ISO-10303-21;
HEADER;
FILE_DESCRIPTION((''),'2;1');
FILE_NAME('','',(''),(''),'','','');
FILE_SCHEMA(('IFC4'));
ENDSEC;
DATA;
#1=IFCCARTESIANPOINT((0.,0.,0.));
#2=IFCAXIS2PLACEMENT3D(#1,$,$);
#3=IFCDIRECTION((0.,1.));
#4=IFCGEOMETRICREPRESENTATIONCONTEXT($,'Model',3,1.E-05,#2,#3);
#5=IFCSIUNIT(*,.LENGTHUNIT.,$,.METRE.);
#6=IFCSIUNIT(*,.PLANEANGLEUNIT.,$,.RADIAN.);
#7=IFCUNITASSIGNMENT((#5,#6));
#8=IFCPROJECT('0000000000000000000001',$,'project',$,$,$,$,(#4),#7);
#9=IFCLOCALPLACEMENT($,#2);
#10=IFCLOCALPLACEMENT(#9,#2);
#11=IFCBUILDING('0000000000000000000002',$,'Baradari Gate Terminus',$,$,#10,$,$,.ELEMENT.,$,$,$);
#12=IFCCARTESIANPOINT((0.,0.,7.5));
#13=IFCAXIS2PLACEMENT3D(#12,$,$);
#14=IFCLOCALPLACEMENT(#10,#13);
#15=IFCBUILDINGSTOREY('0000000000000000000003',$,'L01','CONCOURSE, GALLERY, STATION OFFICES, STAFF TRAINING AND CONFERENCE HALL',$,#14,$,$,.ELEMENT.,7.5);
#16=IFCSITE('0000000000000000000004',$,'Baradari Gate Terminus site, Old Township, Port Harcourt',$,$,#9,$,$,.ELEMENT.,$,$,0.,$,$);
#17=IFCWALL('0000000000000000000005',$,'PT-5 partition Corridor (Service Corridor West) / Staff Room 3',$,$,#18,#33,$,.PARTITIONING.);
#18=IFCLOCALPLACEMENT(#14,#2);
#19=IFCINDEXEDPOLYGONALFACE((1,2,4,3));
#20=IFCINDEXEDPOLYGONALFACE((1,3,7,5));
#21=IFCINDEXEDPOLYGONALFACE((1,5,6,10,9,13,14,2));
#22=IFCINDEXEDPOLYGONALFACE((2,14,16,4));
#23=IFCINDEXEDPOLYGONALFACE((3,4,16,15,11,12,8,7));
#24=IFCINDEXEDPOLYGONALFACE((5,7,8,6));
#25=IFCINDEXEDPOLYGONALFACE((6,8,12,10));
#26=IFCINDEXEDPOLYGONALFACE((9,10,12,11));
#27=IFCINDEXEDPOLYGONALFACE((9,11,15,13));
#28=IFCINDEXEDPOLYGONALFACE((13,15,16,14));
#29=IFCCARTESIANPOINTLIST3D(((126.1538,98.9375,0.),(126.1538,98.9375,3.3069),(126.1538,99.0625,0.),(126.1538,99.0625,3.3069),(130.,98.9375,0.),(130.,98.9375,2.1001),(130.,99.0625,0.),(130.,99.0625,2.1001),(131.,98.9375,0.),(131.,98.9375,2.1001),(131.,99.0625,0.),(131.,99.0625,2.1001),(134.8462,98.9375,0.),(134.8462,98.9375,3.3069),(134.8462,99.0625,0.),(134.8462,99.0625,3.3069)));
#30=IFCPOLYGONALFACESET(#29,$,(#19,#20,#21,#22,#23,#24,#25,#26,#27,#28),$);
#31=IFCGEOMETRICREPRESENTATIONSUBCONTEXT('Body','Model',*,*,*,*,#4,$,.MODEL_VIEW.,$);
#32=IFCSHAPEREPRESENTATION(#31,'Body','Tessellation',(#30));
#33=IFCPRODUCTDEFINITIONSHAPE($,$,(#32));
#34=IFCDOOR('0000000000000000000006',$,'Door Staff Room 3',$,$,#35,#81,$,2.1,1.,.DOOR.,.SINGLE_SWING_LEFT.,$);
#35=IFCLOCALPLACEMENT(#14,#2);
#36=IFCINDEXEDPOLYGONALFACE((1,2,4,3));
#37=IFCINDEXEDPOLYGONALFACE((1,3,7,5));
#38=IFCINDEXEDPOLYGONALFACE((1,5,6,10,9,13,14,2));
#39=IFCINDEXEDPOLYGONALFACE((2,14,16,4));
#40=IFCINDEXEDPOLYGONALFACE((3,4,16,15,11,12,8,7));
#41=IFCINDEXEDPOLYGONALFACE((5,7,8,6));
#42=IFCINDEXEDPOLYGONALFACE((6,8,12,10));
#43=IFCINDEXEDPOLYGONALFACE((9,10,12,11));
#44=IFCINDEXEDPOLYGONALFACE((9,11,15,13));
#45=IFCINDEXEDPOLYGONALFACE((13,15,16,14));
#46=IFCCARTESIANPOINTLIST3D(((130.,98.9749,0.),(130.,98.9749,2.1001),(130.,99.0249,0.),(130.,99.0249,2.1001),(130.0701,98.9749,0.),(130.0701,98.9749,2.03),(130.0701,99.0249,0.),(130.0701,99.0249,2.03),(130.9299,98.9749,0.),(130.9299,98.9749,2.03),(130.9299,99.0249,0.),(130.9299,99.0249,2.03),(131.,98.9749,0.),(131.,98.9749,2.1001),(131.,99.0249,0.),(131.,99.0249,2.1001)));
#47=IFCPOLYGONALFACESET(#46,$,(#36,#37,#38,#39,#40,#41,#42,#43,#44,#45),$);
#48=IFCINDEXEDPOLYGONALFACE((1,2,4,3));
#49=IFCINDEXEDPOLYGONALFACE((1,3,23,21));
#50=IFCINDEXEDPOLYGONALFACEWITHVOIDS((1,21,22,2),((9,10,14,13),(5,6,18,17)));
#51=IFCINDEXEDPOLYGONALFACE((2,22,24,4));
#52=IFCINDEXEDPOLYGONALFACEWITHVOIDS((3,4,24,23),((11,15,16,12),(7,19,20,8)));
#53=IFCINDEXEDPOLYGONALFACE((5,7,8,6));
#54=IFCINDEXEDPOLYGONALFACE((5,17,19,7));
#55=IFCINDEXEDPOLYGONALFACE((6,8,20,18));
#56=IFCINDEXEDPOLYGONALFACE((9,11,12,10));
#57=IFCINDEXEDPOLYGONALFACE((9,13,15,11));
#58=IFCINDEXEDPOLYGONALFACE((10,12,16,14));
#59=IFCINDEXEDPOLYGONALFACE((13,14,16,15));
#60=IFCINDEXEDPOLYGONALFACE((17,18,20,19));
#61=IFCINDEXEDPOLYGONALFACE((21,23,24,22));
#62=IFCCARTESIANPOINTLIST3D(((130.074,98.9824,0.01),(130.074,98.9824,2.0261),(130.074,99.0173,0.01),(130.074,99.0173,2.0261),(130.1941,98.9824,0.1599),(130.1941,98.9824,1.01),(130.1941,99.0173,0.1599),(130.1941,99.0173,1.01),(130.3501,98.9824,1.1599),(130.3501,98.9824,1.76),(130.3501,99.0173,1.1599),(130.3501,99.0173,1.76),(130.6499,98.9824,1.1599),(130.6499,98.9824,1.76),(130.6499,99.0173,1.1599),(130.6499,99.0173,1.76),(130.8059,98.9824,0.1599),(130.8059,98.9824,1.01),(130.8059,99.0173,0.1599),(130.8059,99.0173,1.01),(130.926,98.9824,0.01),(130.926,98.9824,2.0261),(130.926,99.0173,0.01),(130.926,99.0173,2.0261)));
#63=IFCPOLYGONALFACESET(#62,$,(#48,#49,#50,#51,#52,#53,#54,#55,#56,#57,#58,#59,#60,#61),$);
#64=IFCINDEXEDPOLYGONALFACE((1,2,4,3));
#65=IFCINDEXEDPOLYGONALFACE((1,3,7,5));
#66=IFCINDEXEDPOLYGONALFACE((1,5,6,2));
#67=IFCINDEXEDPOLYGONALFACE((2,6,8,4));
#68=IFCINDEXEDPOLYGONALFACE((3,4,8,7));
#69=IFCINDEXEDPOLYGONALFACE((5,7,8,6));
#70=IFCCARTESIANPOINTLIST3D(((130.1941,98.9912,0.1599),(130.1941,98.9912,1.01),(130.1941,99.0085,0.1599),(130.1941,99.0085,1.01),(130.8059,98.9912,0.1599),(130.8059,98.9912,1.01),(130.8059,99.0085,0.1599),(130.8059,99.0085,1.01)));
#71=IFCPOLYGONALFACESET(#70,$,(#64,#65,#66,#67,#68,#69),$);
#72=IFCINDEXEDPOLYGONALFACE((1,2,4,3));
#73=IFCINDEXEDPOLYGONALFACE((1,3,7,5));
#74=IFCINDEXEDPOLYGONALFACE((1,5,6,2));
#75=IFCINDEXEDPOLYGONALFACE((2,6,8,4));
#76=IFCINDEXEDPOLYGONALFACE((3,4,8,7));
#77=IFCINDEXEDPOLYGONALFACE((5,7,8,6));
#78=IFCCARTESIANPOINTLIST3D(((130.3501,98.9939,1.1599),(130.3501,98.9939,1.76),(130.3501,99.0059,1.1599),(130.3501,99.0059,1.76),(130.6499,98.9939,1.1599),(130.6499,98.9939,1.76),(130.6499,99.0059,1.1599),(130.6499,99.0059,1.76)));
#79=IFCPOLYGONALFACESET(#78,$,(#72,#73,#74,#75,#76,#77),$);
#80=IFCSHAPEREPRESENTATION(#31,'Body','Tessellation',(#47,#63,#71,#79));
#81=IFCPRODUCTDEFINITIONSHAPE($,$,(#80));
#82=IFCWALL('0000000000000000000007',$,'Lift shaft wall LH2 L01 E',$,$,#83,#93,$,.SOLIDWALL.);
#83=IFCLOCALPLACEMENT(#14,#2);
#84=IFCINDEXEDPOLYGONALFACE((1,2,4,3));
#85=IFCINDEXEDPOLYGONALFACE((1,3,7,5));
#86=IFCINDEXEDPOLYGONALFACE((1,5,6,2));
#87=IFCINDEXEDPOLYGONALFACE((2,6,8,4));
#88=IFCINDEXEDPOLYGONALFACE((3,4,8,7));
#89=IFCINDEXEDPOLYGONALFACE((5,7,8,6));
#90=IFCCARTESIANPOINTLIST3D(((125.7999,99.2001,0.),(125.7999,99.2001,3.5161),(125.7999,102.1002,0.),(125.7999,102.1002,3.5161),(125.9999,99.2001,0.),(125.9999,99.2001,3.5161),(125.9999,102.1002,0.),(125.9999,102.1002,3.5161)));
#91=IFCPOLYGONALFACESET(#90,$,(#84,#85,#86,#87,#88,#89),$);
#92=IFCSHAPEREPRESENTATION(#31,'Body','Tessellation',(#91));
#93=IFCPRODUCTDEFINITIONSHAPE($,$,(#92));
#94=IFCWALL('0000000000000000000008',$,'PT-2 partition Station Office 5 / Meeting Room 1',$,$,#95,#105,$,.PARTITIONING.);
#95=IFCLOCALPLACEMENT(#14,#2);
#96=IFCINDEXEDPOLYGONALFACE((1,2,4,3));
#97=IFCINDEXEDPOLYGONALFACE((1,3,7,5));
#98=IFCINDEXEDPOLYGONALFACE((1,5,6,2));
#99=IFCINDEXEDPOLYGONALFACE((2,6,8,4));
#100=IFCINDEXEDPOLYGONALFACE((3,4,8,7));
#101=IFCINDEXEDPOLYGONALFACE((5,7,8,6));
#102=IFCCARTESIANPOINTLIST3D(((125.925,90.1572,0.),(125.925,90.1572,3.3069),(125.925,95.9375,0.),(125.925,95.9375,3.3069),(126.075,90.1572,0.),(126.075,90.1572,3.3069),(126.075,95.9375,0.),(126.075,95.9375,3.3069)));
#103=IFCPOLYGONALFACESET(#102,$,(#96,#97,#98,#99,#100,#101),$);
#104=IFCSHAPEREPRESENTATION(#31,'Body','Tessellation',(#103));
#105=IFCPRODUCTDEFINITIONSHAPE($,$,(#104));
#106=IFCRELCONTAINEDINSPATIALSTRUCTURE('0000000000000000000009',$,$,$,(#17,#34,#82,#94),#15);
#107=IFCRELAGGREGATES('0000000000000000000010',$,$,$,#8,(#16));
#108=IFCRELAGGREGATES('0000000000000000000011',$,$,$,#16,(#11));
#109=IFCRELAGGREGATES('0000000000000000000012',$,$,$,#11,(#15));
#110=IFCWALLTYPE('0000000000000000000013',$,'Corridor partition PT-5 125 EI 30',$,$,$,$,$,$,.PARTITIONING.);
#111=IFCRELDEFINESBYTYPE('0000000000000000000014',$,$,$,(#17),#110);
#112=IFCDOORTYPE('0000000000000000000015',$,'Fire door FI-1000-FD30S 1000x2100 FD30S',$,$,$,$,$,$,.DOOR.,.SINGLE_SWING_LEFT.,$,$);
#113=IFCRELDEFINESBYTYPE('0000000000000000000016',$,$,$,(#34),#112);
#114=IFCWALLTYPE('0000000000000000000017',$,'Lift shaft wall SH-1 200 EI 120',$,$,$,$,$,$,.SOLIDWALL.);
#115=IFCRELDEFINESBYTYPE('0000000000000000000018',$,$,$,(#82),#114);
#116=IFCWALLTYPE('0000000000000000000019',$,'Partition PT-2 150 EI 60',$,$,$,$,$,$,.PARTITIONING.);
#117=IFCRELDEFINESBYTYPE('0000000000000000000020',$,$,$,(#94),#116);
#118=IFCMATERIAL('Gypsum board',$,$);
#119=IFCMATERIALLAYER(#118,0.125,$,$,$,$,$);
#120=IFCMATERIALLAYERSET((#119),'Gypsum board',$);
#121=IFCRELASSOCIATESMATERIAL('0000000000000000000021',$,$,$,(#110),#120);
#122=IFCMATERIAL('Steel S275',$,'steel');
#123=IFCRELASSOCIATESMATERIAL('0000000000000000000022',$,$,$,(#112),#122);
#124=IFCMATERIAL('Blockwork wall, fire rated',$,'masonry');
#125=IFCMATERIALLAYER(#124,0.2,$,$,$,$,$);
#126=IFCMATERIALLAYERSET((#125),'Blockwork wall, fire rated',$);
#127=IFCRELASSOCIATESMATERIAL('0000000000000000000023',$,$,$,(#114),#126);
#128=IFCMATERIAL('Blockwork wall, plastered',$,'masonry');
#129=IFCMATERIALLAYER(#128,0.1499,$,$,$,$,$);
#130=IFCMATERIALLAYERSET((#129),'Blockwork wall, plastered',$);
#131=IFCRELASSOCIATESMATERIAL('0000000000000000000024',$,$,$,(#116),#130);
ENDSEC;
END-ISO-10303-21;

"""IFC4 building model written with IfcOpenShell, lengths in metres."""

from ifc_helpers import new_model, si_unit, direction, frame, frame_2d, origin, place, context, subcontext, project, spatial, polyline, rectangle, outline, extrude, material, layer, layer_set, type_object, element, fill, save


model = new_model("IFC4")

# Units and contexts
model_context = context("Model", 3, precision=1e-05, world=origin(), true_north=direction((0.0, 1.0)))
body_context = subcontext(model_context, "Body", "Model", "MODEL_VIEW")
ifc_project = project(units=[si_unit("LENGTHUNIT", "METRE"), si_unit("PLANEANGLEUNIT", "RADIAN")], contexts=[model_context])

# Site, building, storey
site_placement = place(None, origin())
site = spatial("IfcSite", under=ifc_project, at=site_placement, Name="Baradari Gate Terminus site, Old Township, Port Harcourt", CompositionType="ELEMENT", RefElevation=0.0)
building_placement = place(site_placement, origin())
building = spatial("IfcBuilding", under=site, at=building_placement, Name="Baradari Gate Terminus", CompositionType="ELEMENT")
storey_placement = place(building_placement, frame((0.0, 0.0, 7.5)))
storey = spatial("IfcBuildingStorey", under=building, at=storey_placement, Name="L01", Description="CONCOURSE, GALLERY, STATION OFFICES, STAFF TRAINING AND CONFERENCE HALL", CompositionType="ELEMENT", Elevation=7.5)

# Shared definitions
ifc_material_1 = material(Name="Gypsum board")
ifc_layer_1 = layer(ifc_material_1, 0.125)
ifc_layer_set_1 = layer_set([ifc_layer_1], Name="Gypsum board")
wall_type_1 = type_object("IfcWallType", Name="Corridor partition PT-5 125 EI 30", PredefinedType="PARTITIONING", material=ifc_layer_set_1)

# Wall, opening, door
wall_1_placement = place(storey_placement, frame((126.1538, 99.0, 0.0), z_axis=(0.0, 0.0, 1.0), x_axis=(1.0, 0.0, 0.0)))
wall_1 = element("IfcWall", 1, at=wall_1_placement, inside=storey, type_object=wall_type_1, Name="PT-5 partition Corridor (Service Corridor West) / Staff Room 3", PredefinedType="PARTITIONING", context=body_context, shape_type="SweptSolid", body=[
    extrude(rectangle(XDim=8.6924, YDim=0.125, at=frame_2d((4.3462, 0.0))), origin(), (0.0, 0.0, 1.0), 3.3069),
])
opening_1_placement = place(wall_1_placement, frame((3.8462, 0.0, 0.0)))
opening_1 = element("IfcOpeningElement", 2, at=opening_1_placement, cuts=wall_1, PredefinedType="OPENING", context=body_context, shape_type="SweptSolid", body=[
    extrude(rectangle(XDim=1.0, YDim=2.1001, at=frame_2d((0.5, 1.05))), frame((0.0, 0.0725, 0.0), z_axis=(0.0, -1.0, 0.0), x_axis=(1.0, 0.0, 0.0)), (0.0, 0.0, 1.0), 0.145),
])
ifc_material_2 = material(Name="Steel S275", Category="steel")
door_type = type_object("IfcDoorType", Name="Fire door FI-1000-FD30S 1000x2100 FD30S", OperationType="SINGLE_SWING_LEFT", PredefinedType="DOOR", material=ifc_material_2)
door_placement = place(opening_1_placement, origin())
door = element("IfcDoor", 3, at=door_placement, inside=storey, type_object=door_type, Name="Door Staff Room 3", OperationType="SINGLE_SWING_LEFT", OverallHeight=2.1, OverallWidth=1.0, PredefinedType="DOOR", context=body_context, shape_type="SweptSolid", body=[
    extrude(outline(polyline([(0.0, 0.0), (0.0701, 0.0), (0.0701, 2.03), (0.9299, 2.03), (0.9299, 0.0), (1.0, 0.0), (1.0, 2.1001), (0.0, 2.1001), (0.0, 0.0)])), frame((0.0, 0.0249, 0.0), z_axis=(0.0, -1.0, 0.0), x_axis=(1.0, 0.0, 0.0)), (0.0, 0.0, 1.0), 0.05),
    extrude(outline(polyline([(0.074, 0.01), (0.926, 0.01), (0.926, 2.0261), (0.074, 2.0261), (0.074, 0.01)]), holes=[polyline([(0.1941, 0.1599), (0.8059, 0.1599), (0.8059, 1.01), (0.1941, 1.01), (0.1941, 0.1599)]), polyline([(0.3501, 1.1599), (0.6499, 1.1599), (0.6499, 1.76), (0.3501, 1.76), (0.3501, 1.1599)])]), frame((0.0, 0.0173, 0.0), z_axis=(0.0, -1.0, 0.0), x_axis=(1.0, 0.0, 0.0)), (0.0, 0.0, 1.0), 0.0349),
    extrude(rectangle(XDim=0.6118, YDim=0.8501, at=frame_2d((0.5, 0.585))), frame((0.0, 0.0085, 0.0), z_axis=(0.0, -1.0, 0.0), x_axis=(1.0, 0.0, 0.0)), (0.0, 0.0, 1.0), 0.0173),
    extrude(rectangle(XDim=0.2998, YDim=0.6001, at=frame_2d((0.5, 1.46))), frame((0.0, 0.0059, 0.0), z_axis=(0.0, -1.0, 0.0), x_axis=(1.0, 0.0, 0.0)), (0.0, 0.0, 1.0), 0.012),
])
fill(opening_1, door)

# Walls
ifc_material_3 = material(Name="Blockwork wall, fire rated", Category="masonry")
ifc_layer_2 = layer(ifc_material_3, 0.2)
ifc_layer_set_2 = layer_set([ifc_layer_2], Name="Blockwork wall, fire rated")
wall_type_2 = type_object("IfcWallType", Name="Lift shaft wall SH-1 200 EI 120", PredefinedType="SOLIDWALL", material=ifc_layer_set_2)
wall_2_placement = place(storey_placement, frame((125.8999, 99.2, 0.0), z_axis=(0.0, 0.0, 1.0), x_axis=(0.0, 1.0, 0.0)))
element("IfcWall", 4, at=wall_2_placement, inside=storey, type_object=wall_type_2, Name="Lift shaft wall LH2 L01 E", PredefinedType="SOLIDWALL", context=body_context, shape_type="SweptSolid", body=[
    extrude(rectangle(XDim=2.9001, YDim=0.2, at=frame_2d((1.4502, 0.0))), origin(), (0.0, 0.0, 1.0), 3.5161),
])
ifc_material_4 = material(Name="Blockwork wall, plastered", Category="masonry")
ifc_layer_3 = layer(ifc_material_4, 0.1499)
ifc_layer_set_3 = layer_set([ifc_layer_3], Name="Blockwork wall, plastered")
wall_type_3 = type_object("IfcWallType", Name="Partition PT-2 150 EI 60", PredefinedType="PARTITIONING", material=ifc_layer_set_3)
wall_3_placement = place(storey_placement, frame((126.0, 95.9375, 0.0), z_axis=(0.0, 0.0, 1.0), x_axis=(0.0, -1.0, 0.0)))
element("IfcWall", 5, at=wall_3_placement, inside=storey, type_object=wall_type_3, Name="PT-2 partition Station Office 5 / Meeting Room 1", PredefinedType="PARTITIONING", context=body_context, shape_type="SweptSolid", body=[
    extrude(rectangle(XDim=5.7803, YDim=0.1499, at=frame_2d((2.8901, 0.0))), origin(), (0.0, 0.0, 1.0), 3.3069),
])

save(model, "model.ifc")
